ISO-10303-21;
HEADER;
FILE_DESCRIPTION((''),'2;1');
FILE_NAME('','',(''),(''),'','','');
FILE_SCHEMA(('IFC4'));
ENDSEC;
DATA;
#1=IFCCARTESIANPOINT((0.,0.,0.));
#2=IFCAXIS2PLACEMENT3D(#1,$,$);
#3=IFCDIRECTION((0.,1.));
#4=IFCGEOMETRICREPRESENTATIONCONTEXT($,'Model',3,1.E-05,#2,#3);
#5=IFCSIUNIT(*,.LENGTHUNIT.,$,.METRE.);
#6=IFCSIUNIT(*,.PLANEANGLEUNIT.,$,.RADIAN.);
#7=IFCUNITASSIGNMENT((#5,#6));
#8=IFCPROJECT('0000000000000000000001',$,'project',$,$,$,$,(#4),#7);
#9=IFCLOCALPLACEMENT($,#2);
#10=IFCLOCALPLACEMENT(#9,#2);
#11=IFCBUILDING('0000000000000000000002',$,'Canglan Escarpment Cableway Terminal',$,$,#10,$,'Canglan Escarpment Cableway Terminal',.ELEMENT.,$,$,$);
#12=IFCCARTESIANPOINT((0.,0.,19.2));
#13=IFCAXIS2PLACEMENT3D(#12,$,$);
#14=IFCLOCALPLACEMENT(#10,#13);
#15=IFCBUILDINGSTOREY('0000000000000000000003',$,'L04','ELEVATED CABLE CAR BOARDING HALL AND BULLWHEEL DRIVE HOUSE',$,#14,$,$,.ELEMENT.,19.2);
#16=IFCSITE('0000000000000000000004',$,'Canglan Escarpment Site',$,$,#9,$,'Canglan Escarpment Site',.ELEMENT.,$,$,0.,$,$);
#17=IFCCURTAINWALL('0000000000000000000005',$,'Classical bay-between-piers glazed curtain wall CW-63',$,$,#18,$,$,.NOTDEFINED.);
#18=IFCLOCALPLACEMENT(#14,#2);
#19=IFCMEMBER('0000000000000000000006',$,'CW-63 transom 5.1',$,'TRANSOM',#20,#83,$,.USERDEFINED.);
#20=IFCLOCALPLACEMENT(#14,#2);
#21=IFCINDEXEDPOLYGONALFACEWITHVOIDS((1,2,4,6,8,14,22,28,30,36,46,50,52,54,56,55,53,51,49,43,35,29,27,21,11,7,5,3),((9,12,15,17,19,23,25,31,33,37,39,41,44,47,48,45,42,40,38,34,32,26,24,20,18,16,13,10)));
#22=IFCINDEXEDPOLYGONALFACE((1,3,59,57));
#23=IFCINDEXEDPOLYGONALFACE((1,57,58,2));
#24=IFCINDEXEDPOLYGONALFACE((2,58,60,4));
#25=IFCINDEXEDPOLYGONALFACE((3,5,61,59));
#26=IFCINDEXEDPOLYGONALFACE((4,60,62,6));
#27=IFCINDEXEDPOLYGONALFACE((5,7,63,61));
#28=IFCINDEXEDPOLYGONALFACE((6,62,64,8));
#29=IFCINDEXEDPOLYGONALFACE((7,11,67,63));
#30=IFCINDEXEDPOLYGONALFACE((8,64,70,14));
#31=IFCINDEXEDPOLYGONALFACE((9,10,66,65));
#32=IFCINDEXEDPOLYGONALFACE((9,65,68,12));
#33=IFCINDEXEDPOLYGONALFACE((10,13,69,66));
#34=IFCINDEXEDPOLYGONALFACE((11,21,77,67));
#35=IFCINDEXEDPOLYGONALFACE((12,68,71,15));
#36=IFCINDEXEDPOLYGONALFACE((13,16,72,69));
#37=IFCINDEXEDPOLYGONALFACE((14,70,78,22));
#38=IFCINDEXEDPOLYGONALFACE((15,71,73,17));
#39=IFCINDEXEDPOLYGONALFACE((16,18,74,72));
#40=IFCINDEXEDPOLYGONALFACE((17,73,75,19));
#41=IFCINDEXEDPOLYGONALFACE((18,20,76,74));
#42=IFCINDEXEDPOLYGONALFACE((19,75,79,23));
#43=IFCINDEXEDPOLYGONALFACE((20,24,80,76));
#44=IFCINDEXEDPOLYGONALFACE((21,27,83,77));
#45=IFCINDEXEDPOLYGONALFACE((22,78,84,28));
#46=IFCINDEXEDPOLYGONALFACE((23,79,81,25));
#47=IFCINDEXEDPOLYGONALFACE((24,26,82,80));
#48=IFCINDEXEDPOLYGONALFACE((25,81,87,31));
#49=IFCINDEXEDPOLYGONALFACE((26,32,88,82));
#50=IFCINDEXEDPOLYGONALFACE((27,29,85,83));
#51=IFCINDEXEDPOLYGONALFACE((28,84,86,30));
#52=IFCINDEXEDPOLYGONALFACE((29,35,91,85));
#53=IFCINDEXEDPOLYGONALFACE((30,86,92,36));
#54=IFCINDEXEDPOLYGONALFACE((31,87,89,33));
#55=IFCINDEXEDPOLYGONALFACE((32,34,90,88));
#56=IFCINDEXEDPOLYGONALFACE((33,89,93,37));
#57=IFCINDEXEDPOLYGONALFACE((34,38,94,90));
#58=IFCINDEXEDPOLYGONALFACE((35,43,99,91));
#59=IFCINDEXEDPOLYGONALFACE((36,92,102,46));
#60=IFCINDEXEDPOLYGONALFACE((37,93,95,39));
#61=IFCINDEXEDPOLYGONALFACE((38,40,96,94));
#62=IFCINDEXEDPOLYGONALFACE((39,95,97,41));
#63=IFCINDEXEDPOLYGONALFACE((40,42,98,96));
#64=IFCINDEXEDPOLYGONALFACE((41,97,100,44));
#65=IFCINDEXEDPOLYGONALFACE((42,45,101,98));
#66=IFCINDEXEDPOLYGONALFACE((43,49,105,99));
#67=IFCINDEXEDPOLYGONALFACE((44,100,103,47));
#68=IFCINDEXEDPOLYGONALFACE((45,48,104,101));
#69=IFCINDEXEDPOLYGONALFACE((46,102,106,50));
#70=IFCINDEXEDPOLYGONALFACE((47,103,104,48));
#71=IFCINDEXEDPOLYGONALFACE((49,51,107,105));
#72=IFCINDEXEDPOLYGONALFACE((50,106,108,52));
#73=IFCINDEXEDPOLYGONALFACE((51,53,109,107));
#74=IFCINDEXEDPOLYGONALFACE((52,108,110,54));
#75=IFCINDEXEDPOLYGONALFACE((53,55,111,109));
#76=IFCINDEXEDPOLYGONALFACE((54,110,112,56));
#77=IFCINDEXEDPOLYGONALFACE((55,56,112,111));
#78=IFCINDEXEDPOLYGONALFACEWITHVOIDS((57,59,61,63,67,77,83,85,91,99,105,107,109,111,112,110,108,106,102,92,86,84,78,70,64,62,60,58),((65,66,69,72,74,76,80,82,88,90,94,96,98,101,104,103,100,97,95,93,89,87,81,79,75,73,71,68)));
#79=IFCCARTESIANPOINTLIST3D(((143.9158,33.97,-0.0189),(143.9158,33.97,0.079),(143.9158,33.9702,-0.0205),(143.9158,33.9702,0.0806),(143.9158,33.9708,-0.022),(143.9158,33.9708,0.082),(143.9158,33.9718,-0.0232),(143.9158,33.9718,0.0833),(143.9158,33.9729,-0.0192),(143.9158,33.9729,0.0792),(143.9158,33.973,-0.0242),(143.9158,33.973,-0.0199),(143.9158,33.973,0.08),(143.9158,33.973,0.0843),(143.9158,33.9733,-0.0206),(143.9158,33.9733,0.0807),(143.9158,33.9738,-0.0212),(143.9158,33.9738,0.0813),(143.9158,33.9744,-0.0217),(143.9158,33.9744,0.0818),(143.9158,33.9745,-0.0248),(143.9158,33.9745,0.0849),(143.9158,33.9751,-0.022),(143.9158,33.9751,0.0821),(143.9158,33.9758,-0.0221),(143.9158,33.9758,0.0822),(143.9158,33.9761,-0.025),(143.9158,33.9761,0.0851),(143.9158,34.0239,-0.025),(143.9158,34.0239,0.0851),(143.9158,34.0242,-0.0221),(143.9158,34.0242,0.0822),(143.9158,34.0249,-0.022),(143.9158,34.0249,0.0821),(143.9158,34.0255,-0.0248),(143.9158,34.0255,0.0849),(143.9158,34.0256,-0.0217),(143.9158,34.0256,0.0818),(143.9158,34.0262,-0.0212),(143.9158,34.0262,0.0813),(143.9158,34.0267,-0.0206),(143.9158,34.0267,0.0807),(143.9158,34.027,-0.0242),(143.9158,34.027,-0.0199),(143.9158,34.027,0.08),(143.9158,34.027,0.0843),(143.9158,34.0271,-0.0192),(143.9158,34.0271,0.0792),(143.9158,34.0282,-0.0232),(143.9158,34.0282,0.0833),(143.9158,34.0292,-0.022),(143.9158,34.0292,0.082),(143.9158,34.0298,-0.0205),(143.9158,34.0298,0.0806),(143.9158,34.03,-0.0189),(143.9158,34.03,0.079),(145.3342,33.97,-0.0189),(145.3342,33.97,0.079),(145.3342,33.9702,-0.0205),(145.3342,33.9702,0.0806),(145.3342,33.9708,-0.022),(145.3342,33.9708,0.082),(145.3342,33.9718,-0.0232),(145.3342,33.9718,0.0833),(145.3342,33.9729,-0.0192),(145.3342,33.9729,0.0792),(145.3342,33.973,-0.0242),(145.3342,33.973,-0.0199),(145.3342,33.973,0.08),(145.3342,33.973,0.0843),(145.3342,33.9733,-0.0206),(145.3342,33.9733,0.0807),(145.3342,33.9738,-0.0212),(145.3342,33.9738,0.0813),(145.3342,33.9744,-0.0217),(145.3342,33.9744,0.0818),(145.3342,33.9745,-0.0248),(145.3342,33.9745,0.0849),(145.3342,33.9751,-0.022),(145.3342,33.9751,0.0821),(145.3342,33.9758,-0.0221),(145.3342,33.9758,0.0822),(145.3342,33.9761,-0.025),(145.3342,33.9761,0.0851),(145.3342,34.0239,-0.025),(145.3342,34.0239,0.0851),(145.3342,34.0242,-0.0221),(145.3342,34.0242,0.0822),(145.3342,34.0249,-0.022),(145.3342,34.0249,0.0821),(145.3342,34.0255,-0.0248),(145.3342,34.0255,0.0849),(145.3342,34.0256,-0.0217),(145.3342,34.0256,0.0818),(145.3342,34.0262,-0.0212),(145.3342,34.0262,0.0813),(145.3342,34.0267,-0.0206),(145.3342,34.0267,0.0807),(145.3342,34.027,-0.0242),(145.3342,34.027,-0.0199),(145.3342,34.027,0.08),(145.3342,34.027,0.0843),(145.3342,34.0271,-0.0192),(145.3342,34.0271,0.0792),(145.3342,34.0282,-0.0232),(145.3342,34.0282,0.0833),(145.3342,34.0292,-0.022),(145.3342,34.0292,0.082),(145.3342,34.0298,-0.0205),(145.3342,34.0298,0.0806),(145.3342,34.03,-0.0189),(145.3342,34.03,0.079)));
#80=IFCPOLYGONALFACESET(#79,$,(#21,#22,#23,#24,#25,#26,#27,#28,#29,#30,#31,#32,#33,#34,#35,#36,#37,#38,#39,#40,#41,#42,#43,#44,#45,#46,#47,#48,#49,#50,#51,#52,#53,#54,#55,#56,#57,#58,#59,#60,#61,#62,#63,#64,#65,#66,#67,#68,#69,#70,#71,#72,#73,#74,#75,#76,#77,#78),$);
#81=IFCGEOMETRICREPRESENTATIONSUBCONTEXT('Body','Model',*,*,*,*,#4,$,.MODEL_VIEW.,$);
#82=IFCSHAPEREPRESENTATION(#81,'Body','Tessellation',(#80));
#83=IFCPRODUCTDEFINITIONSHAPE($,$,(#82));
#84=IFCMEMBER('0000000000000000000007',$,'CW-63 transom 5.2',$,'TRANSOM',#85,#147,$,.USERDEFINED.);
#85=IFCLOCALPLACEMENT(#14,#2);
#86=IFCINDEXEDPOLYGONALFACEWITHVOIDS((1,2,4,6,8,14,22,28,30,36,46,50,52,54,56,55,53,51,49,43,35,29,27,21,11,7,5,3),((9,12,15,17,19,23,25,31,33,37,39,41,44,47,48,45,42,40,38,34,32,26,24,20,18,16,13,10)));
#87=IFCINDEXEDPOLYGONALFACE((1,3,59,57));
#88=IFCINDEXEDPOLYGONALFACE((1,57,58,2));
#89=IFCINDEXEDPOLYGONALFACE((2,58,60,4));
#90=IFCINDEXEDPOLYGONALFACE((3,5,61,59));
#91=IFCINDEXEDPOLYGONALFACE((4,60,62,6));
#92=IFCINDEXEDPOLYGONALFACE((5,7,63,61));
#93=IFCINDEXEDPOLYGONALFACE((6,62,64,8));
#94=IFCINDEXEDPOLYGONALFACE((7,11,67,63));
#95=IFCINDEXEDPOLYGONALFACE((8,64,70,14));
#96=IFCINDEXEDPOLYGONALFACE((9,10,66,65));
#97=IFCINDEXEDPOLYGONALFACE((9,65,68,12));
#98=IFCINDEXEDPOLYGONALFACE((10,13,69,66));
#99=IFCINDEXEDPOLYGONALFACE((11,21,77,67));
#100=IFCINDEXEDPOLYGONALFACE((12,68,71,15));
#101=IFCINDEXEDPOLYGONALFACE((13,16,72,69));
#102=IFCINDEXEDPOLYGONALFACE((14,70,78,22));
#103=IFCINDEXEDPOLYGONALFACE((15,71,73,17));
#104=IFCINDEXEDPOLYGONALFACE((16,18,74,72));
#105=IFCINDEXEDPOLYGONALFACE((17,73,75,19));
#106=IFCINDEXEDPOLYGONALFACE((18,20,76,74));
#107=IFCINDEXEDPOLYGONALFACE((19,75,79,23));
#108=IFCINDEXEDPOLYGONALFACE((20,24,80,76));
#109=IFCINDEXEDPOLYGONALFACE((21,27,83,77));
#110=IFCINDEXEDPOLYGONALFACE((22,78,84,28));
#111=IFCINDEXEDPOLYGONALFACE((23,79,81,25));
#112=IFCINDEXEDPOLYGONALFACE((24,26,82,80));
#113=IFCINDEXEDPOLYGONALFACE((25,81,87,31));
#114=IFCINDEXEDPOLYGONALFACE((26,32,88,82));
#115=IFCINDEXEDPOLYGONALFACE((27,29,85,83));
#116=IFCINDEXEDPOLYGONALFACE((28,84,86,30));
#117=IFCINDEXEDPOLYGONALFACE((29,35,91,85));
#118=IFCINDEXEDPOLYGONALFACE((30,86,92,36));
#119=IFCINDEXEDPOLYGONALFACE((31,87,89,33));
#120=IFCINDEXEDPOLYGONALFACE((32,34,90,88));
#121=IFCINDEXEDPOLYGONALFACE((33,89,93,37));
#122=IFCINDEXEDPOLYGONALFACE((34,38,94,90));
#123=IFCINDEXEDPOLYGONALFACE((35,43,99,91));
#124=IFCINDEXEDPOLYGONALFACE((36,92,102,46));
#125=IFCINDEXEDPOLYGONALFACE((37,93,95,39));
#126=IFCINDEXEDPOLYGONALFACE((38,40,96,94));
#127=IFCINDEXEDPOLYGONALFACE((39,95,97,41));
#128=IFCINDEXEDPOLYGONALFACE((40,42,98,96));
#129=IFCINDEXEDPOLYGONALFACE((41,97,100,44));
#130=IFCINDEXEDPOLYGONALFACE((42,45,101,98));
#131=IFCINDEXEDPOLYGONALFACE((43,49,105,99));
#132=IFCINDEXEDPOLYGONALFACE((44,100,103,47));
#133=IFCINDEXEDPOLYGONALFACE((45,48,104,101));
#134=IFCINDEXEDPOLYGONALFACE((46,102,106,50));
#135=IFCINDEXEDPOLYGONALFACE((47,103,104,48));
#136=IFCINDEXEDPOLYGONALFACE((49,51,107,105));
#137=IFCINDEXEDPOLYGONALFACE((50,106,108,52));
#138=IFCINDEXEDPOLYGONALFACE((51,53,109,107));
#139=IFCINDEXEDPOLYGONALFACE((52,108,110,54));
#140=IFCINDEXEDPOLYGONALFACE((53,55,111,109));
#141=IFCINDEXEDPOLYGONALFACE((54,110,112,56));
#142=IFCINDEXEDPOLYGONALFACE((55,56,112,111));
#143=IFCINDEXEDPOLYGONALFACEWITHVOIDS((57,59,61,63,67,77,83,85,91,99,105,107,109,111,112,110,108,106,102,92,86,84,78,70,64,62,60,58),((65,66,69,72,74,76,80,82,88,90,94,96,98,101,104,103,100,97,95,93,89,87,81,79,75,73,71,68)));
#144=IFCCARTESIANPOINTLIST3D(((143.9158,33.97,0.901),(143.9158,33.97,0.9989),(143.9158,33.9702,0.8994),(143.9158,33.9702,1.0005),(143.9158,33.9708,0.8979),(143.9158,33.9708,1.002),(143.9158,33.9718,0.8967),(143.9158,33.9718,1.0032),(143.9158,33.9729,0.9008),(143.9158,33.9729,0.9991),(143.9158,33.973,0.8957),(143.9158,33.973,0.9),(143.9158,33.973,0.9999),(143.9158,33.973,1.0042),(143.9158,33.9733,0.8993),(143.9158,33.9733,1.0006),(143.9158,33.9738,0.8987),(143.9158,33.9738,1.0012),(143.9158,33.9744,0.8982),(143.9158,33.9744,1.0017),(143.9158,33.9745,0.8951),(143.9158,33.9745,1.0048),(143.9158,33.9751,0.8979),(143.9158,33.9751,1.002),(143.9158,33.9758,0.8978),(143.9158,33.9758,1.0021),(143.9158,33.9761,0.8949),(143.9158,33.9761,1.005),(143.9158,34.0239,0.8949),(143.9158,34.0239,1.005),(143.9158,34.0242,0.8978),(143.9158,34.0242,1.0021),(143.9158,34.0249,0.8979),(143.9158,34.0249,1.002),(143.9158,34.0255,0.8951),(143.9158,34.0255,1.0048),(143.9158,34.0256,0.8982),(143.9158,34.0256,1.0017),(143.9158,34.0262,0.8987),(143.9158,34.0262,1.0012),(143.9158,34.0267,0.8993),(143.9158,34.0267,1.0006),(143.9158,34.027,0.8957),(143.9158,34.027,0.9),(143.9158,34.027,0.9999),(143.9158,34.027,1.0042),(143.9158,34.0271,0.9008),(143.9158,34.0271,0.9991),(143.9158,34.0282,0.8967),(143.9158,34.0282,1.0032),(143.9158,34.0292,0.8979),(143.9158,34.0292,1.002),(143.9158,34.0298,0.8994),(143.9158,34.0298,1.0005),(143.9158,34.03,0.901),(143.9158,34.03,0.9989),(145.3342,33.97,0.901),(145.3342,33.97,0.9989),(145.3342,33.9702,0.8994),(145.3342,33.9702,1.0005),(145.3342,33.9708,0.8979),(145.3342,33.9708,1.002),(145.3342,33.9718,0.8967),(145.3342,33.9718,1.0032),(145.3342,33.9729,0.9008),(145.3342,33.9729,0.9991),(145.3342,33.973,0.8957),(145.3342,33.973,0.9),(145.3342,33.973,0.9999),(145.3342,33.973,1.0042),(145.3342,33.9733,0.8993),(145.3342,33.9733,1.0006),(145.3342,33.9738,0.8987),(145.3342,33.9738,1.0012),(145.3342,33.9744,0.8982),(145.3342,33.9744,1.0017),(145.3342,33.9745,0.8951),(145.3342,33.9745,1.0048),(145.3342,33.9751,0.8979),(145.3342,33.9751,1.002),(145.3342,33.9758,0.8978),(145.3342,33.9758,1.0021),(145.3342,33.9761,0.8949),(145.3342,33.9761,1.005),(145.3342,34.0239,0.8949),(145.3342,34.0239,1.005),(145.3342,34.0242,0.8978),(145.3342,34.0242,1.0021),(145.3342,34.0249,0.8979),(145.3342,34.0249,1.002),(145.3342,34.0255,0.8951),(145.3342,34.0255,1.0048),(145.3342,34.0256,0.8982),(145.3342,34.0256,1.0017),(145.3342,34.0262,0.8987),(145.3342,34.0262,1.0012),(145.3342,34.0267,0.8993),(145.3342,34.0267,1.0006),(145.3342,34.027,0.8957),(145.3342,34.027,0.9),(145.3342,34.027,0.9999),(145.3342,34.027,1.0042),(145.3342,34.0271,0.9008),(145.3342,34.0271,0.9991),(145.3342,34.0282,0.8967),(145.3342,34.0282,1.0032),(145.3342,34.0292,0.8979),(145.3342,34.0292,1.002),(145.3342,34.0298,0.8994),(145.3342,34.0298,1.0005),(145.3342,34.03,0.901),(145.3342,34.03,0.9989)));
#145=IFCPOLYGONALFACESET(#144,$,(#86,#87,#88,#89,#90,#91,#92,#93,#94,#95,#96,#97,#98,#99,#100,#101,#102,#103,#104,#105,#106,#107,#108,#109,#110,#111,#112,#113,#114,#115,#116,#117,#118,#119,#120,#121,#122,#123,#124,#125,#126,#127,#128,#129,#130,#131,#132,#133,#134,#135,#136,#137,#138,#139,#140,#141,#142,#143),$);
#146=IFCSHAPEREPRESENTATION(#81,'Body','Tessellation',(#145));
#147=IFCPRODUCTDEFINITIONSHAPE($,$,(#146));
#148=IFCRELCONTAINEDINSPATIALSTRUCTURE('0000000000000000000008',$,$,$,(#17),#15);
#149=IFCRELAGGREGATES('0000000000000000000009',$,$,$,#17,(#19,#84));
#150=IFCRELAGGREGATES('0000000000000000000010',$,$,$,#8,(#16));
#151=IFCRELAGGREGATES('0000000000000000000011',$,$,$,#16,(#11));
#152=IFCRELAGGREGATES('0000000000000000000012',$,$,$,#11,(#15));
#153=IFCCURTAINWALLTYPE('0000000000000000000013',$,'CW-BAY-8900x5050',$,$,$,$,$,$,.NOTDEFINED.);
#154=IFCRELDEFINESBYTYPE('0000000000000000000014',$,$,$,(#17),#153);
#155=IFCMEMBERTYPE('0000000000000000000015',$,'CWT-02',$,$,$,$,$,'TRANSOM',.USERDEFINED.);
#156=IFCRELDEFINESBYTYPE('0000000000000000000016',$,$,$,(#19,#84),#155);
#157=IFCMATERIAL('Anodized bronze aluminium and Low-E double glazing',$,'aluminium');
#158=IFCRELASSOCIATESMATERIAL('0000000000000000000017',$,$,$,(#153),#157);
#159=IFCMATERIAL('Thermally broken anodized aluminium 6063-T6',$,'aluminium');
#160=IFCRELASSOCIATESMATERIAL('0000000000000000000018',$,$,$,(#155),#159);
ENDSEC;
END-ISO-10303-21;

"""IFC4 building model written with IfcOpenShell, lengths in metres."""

from ifc_helpers import new_model, si_unit, direction, frame, origin, origin_2d, place, context, subcontext, project, spatial, hollow_rectangle, extrude, material, material_profile, profile_set, type_object, element, aggregate, save


model = new_model("IFC4")

# Units and contexts
model_context = context("Model", 3, precision=1e-05, world=origin(), true_north=direction((0.0, 1.0)))
body_context = subcontext(model_context, "Body", "Model", "MODEL_VIEW")
ifc_project = project(units=[si_unit("LENGTHUNIT", "METRE"), si_unit("PLANEANGLEUNIT", "RADIAN")], contexts=[model_context])

# Site, building, storey
site_placement = place(None, origin())
site = spatial("IfcSite", under=ifc_project, at=site_placement, Name="Canglan Escarpment Site", LongName="Canglan Escarpment Site", CompositionType="ELEMENT", RefElevation=0.0)
building_placement = place(site_placement, origin())
building = spatial("IfcBuilding", under=site, at=building_placement, Name="Canglan Escarpment Cableway Terminal", LongName="Canglan Escarpment Cableway Terminal", CompositionType="ELEMENT")
storey_placement = place(building_placement, frame((0.0, 0.0, 19.2)))
storey = spatial("IfcBuildingStorey", under=building, at=storey_placement, Name="L04", Description="ELEVATED CABLE CAR BOARDING HALL AND BULLWHEEL DRIVE HOUSE", CompositionType="ELEMENT", Elevation=19.2)

# Curtain wall
ifc_material_1 = material(Name="Anodized bronze aluminium and Low-E double glazing", Category="aluminium")
ifc_material_2 = material(Name="Thermally broken anodized aluminium 6063-T6", Category="aluminium")
curtain_wall_type_1 = type_object("IfcCurtainWallType", Name="CW-BAY-8900x5050", PredefinedType="NOTDEFINED", material=ifc_material_1)
curtain_wall_1_placement = place(storey_placement, origin())
curtain_wall_1 = element("IfcCurtainWall", 1, at=curtain_wall_1_placement, inside=storey, type_object=curtain_wall_type_1, Name="Classical bay-between-piers glazed curtain wall CW-63", PredefinedType="NOTDEFINED")

# Members
ifc_material_profile_1 = material_profile(ifc_material_2, hollow_rectangle(XDim=0.0601, YDim=0.1101, WallThickness=0.0029, InnerFilletRadius=0.0029, OuterFilletRadius=0.0061, at=origin_2d()), Name="ALU-TRAN 60x110x3")
ifc_profile_set_1 = profile_set([ifc_material_profile_1], Name="Thermally broken anodized aluminium 6063-T6")
member_type_1 = type_object("IfcMemberType", Name="CWT-02", ElementType="TRANSOM", PredefinedType="USERDEFINED", material=ifc_profile_set_1)
member_1_placement = place(storey_placement, frame((143.9158, 34.0, 0.03), z_axis=(1.0, 0.0, 0.0), x_axis=(0.0, 1.0, 0.0)))
member_1 = element("IfcMember", 2, at=member_1_placement, type_object=member_type_1, Name="CW-63 transom 5.1", ObjectType="TRANSOM", PredefinedType="USERDEFINED", context=body_context, shape_type="SweptSolid", body=[
    extrude(hollow_rectangle(XDim=0.0601, YDim=0.1101, WallThickness=0.0029, InnerFilletRadius=0.0029, OuterFilletRadius=0.0061, at=origin_2d()), origin(), (0.0, 0.0, 1.0), 1.4185),
])
member_2_placement = place(storey_placement, frame((143.9158, 34.0, 0.95), z_axis=(1.0, 0.0, 0.0), x_axis=(0.0, 1.0, 0.0)))
member_2 = element("IfcMember", 3, at=member_2_placement, type_object=member_type_1, Name="CW-63 transom 5.2", ObjectType="TRANSOM", PredefinedType="USERDEFINED", context=body_context, shape_type="SweptSolid", body=[
    extrude(hollow_rectangle(XDim=0.0601, YDim=0.1101, WallThickness=0.0029, InnerFilletRadius=0.0029, OuterFilletRadius=0.0061, at=origin_2d()), origin(), (0.0, 0.0, 1.0), 1.4185),
])

aggregate(curtain_wall_1, [member_1, member_2])

save(model, "model.ifc")
